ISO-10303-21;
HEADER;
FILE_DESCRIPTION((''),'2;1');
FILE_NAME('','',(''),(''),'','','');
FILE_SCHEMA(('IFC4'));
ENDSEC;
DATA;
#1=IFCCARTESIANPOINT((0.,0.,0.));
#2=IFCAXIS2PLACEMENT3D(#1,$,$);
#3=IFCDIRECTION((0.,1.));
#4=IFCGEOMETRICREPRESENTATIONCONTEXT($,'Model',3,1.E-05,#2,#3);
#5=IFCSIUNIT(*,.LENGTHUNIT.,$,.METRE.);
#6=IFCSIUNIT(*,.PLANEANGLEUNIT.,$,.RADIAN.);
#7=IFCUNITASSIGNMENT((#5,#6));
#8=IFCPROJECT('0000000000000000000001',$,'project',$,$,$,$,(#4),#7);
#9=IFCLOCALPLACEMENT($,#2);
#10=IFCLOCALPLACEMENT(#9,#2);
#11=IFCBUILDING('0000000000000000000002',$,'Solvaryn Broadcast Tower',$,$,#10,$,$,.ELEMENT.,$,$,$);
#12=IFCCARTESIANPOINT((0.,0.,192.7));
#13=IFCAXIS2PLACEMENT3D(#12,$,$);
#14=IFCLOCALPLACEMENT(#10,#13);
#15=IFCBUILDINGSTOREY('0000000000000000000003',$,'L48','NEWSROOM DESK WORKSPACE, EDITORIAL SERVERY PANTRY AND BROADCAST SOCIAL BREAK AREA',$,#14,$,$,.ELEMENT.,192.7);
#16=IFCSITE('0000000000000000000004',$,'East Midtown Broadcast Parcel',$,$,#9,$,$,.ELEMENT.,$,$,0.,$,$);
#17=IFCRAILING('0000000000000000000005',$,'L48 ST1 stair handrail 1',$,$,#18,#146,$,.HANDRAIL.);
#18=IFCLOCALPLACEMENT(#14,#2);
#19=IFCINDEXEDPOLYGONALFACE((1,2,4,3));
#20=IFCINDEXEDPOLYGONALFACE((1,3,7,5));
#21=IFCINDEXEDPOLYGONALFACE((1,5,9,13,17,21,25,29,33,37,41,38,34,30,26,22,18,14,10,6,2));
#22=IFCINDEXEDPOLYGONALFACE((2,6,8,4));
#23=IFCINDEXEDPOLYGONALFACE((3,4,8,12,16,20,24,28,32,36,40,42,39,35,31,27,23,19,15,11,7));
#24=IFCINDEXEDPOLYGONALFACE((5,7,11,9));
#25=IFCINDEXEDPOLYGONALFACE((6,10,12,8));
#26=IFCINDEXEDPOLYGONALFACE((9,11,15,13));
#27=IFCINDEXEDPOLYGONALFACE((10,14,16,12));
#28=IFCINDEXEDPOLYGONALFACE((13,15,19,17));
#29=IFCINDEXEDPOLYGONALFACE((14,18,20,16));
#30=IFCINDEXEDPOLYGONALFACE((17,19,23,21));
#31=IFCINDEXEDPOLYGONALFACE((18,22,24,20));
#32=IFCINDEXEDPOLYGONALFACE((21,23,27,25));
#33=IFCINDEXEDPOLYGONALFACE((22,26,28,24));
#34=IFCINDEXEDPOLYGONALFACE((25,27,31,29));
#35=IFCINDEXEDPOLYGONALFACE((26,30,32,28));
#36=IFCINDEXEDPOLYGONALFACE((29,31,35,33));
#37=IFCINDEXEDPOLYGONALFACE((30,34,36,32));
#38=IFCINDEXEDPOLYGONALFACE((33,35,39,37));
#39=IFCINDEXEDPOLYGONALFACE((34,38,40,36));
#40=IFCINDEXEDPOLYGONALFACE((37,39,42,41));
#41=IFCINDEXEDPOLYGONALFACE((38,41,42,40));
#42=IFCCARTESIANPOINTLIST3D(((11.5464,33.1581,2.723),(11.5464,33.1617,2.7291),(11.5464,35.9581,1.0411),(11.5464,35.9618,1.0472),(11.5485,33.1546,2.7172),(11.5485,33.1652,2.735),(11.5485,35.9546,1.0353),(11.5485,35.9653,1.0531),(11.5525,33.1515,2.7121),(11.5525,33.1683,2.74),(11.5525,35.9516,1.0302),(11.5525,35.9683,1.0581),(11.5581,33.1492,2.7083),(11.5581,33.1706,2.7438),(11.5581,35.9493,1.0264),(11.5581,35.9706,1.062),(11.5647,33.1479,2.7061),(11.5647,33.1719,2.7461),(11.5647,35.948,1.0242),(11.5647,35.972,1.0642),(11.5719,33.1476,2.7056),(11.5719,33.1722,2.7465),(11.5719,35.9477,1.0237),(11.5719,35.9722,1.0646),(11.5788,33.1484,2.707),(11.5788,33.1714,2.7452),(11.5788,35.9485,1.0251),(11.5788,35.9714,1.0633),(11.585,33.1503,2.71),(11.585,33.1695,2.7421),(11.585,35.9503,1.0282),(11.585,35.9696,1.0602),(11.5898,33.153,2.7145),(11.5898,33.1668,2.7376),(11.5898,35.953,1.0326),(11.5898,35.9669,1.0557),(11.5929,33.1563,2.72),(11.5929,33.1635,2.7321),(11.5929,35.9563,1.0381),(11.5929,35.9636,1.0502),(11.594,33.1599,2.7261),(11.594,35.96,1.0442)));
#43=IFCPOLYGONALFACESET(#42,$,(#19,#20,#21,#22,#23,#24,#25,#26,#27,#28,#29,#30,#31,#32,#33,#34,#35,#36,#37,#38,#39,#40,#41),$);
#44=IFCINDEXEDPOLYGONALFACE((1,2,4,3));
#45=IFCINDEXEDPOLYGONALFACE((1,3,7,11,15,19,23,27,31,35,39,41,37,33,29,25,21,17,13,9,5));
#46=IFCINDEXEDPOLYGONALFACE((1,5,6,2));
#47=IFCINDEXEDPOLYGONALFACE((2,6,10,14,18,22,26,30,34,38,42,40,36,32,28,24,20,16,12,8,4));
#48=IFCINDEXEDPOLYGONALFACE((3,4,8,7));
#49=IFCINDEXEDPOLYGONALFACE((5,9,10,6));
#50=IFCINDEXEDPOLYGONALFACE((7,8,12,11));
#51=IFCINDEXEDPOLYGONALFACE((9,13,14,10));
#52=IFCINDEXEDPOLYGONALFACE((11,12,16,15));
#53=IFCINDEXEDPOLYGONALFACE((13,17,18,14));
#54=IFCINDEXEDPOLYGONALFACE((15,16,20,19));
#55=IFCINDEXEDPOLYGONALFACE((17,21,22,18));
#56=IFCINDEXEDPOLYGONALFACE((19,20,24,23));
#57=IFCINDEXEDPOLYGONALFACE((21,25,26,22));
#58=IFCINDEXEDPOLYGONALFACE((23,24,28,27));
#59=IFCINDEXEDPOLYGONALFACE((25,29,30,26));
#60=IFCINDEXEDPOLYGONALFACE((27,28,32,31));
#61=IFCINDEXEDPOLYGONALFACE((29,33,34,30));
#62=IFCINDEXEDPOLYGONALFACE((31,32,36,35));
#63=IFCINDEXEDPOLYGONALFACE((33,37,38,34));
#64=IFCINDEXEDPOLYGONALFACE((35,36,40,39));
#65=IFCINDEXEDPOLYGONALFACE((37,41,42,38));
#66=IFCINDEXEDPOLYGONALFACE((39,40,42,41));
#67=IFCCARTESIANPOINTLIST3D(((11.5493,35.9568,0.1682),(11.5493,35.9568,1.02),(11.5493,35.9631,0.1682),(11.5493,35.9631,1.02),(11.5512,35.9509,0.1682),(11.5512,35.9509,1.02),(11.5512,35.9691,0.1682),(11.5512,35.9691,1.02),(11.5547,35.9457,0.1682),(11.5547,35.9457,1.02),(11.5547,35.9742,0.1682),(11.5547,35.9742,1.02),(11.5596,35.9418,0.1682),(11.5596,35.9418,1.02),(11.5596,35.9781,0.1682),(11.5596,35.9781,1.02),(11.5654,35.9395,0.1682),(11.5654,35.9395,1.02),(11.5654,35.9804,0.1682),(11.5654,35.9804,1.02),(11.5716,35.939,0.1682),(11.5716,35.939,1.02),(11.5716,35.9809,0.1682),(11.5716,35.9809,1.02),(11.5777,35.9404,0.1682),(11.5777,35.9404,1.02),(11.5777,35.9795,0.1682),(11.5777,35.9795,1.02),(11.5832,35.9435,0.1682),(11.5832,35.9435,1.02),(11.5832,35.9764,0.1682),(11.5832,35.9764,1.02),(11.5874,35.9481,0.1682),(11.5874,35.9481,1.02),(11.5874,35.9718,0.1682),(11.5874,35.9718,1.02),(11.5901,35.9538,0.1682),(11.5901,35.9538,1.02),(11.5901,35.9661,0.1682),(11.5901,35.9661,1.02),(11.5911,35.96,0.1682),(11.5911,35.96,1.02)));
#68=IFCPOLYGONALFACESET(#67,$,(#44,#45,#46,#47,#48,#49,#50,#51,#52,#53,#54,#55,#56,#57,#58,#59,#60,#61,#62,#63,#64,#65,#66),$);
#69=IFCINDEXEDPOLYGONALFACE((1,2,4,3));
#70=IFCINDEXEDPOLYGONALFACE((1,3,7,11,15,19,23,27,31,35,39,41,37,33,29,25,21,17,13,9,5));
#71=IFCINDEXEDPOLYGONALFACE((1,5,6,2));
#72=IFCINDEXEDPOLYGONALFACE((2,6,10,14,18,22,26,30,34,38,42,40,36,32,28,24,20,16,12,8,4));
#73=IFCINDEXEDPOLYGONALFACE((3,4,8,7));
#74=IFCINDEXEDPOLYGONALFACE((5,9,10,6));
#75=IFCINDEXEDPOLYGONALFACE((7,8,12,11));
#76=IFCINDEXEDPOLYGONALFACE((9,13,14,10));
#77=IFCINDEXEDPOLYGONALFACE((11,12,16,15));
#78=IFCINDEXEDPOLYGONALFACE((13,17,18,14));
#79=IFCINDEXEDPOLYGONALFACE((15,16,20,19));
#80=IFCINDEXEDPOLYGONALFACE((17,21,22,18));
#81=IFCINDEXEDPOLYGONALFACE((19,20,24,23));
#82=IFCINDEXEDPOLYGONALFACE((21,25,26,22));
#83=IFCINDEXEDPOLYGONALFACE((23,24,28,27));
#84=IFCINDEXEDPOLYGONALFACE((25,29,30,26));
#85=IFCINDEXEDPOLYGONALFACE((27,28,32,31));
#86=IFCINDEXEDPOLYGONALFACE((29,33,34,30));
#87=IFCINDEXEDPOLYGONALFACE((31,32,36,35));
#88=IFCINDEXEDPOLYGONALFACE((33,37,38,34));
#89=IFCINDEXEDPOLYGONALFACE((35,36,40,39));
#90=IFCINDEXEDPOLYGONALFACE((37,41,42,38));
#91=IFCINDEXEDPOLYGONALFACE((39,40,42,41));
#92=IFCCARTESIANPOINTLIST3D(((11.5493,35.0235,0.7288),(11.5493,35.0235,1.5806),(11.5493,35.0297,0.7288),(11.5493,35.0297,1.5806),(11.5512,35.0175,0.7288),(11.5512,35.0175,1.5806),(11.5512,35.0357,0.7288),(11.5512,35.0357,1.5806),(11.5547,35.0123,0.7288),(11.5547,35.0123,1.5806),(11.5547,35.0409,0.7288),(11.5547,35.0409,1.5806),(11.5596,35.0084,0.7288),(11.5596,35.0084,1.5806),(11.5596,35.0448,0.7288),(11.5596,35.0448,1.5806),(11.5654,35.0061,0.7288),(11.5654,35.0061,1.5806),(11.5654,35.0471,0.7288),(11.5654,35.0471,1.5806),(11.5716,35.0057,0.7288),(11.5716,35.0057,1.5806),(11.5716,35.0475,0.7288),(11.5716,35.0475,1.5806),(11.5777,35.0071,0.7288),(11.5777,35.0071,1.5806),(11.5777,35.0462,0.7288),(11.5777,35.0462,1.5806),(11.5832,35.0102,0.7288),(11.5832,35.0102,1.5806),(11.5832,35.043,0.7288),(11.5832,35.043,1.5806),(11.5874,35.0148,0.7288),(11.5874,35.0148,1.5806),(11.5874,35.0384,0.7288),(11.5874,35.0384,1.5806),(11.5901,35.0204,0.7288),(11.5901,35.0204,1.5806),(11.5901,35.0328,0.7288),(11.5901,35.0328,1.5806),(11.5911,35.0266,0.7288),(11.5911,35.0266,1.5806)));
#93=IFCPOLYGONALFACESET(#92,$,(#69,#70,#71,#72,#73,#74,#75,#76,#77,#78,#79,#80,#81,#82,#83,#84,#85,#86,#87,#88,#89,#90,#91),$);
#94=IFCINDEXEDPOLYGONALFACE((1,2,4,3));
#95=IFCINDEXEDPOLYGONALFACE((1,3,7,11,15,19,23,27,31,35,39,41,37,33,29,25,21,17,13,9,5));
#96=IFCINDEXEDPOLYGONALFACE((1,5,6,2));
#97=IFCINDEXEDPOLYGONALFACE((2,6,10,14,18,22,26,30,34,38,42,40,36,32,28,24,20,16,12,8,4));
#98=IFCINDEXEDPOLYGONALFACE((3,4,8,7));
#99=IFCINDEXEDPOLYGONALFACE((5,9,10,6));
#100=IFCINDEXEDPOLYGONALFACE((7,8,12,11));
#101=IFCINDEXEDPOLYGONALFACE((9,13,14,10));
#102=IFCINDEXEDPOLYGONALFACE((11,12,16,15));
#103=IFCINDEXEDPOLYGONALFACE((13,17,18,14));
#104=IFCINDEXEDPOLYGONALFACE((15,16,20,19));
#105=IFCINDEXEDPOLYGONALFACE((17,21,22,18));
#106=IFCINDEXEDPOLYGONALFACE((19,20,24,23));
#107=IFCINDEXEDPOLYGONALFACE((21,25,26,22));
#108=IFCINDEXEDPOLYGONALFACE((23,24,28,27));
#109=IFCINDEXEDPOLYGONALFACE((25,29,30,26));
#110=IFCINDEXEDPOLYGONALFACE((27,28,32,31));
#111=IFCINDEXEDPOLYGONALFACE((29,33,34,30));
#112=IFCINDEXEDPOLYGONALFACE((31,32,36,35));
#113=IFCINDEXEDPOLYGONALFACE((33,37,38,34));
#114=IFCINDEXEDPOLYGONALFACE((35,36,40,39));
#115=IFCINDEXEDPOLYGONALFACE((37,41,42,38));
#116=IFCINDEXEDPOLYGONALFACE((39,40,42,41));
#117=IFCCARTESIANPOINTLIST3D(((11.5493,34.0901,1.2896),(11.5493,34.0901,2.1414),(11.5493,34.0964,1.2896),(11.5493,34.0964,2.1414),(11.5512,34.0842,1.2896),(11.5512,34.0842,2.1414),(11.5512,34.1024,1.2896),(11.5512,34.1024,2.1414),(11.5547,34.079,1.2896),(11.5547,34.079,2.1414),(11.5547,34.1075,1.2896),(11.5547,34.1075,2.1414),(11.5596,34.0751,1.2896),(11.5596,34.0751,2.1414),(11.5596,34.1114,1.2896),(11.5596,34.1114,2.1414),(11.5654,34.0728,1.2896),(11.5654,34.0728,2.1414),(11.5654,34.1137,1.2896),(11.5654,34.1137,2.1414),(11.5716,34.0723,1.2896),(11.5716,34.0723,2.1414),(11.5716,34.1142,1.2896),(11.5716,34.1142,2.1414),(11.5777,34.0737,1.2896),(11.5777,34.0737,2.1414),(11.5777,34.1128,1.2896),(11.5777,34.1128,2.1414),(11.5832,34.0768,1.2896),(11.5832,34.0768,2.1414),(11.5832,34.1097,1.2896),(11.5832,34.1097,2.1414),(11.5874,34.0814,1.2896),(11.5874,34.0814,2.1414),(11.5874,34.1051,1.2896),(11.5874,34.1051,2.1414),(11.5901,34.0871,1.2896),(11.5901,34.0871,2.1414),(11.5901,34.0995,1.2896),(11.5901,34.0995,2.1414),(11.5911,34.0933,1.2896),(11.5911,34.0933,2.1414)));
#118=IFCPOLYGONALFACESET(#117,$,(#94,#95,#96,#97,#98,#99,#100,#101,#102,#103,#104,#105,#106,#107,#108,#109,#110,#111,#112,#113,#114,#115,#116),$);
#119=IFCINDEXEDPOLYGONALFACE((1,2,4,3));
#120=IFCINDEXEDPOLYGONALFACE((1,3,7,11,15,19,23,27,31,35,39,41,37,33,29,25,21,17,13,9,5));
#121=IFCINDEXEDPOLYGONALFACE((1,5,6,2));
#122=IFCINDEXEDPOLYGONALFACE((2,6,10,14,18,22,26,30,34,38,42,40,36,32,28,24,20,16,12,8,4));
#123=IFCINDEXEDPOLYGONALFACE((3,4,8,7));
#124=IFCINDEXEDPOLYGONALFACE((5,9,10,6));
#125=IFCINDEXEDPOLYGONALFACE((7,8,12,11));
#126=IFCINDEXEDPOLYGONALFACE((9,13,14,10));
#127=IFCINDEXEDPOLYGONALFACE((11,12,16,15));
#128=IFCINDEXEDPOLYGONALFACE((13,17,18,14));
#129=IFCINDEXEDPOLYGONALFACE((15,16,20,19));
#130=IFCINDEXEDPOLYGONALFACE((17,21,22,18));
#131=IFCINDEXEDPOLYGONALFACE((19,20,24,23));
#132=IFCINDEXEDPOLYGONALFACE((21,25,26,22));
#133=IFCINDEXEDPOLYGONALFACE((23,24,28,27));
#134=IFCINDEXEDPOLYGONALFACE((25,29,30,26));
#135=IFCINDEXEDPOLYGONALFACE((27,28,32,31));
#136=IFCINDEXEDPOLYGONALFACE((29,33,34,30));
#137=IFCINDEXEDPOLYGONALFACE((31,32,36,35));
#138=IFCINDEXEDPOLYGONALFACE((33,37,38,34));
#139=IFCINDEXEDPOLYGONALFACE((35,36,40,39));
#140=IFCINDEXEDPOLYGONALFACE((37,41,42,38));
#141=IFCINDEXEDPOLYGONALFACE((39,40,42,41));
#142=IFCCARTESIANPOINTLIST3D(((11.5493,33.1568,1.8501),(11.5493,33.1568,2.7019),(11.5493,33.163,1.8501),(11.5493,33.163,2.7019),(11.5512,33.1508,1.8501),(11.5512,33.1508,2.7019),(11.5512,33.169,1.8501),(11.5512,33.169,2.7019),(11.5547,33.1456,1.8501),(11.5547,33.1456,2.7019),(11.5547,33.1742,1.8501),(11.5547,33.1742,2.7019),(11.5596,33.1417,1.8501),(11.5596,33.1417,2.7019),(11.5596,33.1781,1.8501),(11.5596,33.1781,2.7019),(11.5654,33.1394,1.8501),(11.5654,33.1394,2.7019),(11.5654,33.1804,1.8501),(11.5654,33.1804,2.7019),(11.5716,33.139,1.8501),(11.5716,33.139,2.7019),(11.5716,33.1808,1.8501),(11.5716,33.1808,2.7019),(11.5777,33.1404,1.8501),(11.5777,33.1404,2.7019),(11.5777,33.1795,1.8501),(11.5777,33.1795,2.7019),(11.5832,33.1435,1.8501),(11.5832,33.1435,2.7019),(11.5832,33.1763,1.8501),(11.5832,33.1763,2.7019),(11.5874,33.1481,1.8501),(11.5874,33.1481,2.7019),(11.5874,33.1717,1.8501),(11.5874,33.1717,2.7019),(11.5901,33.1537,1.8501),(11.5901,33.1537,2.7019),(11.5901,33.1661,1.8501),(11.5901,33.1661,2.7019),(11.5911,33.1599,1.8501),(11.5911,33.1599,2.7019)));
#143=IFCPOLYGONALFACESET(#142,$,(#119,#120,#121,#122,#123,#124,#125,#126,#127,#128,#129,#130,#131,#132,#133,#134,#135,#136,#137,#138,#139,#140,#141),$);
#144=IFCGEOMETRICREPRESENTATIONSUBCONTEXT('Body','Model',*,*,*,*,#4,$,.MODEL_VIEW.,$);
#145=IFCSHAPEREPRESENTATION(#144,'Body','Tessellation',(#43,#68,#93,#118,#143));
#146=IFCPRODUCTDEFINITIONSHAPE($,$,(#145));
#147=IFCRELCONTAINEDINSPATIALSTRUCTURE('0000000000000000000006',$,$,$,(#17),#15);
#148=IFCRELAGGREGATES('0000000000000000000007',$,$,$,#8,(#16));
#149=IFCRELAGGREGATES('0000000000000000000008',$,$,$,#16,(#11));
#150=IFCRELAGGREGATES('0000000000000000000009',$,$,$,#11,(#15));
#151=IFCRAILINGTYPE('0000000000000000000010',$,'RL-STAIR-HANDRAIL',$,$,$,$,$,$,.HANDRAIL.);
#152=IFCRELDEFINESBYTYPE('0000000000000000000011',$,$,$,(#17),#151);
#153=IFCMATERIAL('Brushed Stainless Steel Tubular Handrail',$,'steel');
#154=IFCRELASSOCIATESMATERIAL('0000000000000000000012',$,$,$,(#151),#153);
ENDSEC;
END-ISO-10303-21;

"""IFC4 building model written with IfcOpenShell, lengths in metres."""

from ifc_helpers import new_model, si_unit, direction, frame, origin, origin_2d, place, context, subcontext, project, spatial, circle, extrude, material, type_object, element, save


model = new_model("IFC4")

# Units and contexts
model_context = context("Model", 3, precision=1e-05, world=origin(), true_north=direction((0.0, 1.0)))
body_context = subcontext(model_context, "Body", "Model", "MODEL_VIEW")
ifc_project = project(units=[si_unit("LENGTHUNIT", "METRE"), si_unit("PLANEANGLEUNIT", "RADIAN")], contexts=[model_context])

# Site, building, storey
site_placement = place(None, origin())
site = spatial("IfcSite", under=ifc_project, at=site_placement, Name="East Midtown Broadcast Parcel", CompositionType="ELEMENT", RefElevation=0.0)
building_placement = place(site_placement, origin())
building = spatial("IfcBuilding", under=site, at=building_placement, Name="Solvaryn Broadcast Tower", CompositionType="ELEMENT")
storey_placement = place(building_placement, frame((0.0, 0.0, 192.7)))
storey = spatial("IfcBuildingStorey", under=building, at=storey_placement, Name="L48", Description="NEWSROOM DESK WORKSPACE, EDITORIAL SERVERY PANTRY AND BROADCAST SOCIAL BREAK AREA", CompositionType="ELEMENT", Elevation=192.7)

# Railing
ifc_material_1 = material(Name="Brushed Stainless Steel Tubular Handrail", Category="steel")
railing_type_1 = type_object("IfcRailingType", Name="RL-STAIR-HANDRAIL", PredefinedType="HANDRAIL", material=ifc_material_1)
railing_1_placement = place(storey_placement, frame((11.5701, 35.96, 0.1682)))
element("IfcRailing", 1, at=railing_1_placement, inside=storey, type_object=railing_type_1, Name="L48 ST1 stair handrail 1", PredefinedType="HANDRAIL", context=body_context, shape_type="SweptSolid", body=[
    extrude(circle(Radius=0.0239, at=origin_2d()), frame((0.0, 0.0, 0.876), z_axis=(0.0, -0.857242, 0.514913), x_axis=(1.0, 0.0, 0.0)), (0.0, 0.0, 1.0), 3.2664),
    extrude(circle(Radius=0.021, at=origin_2d()), origin(), (0.0, 0.0, 1.0), 0.8518),
    extrude(circle(Radius=0.021, at=origin_2d()), frame((0.0, -0.9333, 0.5605)), (0.0, 0.0, 1.0), 0.8518),
    extrude(circle(Radius=0.021, at=origin_2d()), frame((0.0, -1.8667, 1.1213)), (0.0, 0.0, 1.0), 0.8518),
    extrude(circle(Radius=0.021, at=origin_2d()), frame((0.0, -2.8, 1.6819)), (0.0, 0.0, 1.0), 0.8518),
])

save(model, "model.ifc")
